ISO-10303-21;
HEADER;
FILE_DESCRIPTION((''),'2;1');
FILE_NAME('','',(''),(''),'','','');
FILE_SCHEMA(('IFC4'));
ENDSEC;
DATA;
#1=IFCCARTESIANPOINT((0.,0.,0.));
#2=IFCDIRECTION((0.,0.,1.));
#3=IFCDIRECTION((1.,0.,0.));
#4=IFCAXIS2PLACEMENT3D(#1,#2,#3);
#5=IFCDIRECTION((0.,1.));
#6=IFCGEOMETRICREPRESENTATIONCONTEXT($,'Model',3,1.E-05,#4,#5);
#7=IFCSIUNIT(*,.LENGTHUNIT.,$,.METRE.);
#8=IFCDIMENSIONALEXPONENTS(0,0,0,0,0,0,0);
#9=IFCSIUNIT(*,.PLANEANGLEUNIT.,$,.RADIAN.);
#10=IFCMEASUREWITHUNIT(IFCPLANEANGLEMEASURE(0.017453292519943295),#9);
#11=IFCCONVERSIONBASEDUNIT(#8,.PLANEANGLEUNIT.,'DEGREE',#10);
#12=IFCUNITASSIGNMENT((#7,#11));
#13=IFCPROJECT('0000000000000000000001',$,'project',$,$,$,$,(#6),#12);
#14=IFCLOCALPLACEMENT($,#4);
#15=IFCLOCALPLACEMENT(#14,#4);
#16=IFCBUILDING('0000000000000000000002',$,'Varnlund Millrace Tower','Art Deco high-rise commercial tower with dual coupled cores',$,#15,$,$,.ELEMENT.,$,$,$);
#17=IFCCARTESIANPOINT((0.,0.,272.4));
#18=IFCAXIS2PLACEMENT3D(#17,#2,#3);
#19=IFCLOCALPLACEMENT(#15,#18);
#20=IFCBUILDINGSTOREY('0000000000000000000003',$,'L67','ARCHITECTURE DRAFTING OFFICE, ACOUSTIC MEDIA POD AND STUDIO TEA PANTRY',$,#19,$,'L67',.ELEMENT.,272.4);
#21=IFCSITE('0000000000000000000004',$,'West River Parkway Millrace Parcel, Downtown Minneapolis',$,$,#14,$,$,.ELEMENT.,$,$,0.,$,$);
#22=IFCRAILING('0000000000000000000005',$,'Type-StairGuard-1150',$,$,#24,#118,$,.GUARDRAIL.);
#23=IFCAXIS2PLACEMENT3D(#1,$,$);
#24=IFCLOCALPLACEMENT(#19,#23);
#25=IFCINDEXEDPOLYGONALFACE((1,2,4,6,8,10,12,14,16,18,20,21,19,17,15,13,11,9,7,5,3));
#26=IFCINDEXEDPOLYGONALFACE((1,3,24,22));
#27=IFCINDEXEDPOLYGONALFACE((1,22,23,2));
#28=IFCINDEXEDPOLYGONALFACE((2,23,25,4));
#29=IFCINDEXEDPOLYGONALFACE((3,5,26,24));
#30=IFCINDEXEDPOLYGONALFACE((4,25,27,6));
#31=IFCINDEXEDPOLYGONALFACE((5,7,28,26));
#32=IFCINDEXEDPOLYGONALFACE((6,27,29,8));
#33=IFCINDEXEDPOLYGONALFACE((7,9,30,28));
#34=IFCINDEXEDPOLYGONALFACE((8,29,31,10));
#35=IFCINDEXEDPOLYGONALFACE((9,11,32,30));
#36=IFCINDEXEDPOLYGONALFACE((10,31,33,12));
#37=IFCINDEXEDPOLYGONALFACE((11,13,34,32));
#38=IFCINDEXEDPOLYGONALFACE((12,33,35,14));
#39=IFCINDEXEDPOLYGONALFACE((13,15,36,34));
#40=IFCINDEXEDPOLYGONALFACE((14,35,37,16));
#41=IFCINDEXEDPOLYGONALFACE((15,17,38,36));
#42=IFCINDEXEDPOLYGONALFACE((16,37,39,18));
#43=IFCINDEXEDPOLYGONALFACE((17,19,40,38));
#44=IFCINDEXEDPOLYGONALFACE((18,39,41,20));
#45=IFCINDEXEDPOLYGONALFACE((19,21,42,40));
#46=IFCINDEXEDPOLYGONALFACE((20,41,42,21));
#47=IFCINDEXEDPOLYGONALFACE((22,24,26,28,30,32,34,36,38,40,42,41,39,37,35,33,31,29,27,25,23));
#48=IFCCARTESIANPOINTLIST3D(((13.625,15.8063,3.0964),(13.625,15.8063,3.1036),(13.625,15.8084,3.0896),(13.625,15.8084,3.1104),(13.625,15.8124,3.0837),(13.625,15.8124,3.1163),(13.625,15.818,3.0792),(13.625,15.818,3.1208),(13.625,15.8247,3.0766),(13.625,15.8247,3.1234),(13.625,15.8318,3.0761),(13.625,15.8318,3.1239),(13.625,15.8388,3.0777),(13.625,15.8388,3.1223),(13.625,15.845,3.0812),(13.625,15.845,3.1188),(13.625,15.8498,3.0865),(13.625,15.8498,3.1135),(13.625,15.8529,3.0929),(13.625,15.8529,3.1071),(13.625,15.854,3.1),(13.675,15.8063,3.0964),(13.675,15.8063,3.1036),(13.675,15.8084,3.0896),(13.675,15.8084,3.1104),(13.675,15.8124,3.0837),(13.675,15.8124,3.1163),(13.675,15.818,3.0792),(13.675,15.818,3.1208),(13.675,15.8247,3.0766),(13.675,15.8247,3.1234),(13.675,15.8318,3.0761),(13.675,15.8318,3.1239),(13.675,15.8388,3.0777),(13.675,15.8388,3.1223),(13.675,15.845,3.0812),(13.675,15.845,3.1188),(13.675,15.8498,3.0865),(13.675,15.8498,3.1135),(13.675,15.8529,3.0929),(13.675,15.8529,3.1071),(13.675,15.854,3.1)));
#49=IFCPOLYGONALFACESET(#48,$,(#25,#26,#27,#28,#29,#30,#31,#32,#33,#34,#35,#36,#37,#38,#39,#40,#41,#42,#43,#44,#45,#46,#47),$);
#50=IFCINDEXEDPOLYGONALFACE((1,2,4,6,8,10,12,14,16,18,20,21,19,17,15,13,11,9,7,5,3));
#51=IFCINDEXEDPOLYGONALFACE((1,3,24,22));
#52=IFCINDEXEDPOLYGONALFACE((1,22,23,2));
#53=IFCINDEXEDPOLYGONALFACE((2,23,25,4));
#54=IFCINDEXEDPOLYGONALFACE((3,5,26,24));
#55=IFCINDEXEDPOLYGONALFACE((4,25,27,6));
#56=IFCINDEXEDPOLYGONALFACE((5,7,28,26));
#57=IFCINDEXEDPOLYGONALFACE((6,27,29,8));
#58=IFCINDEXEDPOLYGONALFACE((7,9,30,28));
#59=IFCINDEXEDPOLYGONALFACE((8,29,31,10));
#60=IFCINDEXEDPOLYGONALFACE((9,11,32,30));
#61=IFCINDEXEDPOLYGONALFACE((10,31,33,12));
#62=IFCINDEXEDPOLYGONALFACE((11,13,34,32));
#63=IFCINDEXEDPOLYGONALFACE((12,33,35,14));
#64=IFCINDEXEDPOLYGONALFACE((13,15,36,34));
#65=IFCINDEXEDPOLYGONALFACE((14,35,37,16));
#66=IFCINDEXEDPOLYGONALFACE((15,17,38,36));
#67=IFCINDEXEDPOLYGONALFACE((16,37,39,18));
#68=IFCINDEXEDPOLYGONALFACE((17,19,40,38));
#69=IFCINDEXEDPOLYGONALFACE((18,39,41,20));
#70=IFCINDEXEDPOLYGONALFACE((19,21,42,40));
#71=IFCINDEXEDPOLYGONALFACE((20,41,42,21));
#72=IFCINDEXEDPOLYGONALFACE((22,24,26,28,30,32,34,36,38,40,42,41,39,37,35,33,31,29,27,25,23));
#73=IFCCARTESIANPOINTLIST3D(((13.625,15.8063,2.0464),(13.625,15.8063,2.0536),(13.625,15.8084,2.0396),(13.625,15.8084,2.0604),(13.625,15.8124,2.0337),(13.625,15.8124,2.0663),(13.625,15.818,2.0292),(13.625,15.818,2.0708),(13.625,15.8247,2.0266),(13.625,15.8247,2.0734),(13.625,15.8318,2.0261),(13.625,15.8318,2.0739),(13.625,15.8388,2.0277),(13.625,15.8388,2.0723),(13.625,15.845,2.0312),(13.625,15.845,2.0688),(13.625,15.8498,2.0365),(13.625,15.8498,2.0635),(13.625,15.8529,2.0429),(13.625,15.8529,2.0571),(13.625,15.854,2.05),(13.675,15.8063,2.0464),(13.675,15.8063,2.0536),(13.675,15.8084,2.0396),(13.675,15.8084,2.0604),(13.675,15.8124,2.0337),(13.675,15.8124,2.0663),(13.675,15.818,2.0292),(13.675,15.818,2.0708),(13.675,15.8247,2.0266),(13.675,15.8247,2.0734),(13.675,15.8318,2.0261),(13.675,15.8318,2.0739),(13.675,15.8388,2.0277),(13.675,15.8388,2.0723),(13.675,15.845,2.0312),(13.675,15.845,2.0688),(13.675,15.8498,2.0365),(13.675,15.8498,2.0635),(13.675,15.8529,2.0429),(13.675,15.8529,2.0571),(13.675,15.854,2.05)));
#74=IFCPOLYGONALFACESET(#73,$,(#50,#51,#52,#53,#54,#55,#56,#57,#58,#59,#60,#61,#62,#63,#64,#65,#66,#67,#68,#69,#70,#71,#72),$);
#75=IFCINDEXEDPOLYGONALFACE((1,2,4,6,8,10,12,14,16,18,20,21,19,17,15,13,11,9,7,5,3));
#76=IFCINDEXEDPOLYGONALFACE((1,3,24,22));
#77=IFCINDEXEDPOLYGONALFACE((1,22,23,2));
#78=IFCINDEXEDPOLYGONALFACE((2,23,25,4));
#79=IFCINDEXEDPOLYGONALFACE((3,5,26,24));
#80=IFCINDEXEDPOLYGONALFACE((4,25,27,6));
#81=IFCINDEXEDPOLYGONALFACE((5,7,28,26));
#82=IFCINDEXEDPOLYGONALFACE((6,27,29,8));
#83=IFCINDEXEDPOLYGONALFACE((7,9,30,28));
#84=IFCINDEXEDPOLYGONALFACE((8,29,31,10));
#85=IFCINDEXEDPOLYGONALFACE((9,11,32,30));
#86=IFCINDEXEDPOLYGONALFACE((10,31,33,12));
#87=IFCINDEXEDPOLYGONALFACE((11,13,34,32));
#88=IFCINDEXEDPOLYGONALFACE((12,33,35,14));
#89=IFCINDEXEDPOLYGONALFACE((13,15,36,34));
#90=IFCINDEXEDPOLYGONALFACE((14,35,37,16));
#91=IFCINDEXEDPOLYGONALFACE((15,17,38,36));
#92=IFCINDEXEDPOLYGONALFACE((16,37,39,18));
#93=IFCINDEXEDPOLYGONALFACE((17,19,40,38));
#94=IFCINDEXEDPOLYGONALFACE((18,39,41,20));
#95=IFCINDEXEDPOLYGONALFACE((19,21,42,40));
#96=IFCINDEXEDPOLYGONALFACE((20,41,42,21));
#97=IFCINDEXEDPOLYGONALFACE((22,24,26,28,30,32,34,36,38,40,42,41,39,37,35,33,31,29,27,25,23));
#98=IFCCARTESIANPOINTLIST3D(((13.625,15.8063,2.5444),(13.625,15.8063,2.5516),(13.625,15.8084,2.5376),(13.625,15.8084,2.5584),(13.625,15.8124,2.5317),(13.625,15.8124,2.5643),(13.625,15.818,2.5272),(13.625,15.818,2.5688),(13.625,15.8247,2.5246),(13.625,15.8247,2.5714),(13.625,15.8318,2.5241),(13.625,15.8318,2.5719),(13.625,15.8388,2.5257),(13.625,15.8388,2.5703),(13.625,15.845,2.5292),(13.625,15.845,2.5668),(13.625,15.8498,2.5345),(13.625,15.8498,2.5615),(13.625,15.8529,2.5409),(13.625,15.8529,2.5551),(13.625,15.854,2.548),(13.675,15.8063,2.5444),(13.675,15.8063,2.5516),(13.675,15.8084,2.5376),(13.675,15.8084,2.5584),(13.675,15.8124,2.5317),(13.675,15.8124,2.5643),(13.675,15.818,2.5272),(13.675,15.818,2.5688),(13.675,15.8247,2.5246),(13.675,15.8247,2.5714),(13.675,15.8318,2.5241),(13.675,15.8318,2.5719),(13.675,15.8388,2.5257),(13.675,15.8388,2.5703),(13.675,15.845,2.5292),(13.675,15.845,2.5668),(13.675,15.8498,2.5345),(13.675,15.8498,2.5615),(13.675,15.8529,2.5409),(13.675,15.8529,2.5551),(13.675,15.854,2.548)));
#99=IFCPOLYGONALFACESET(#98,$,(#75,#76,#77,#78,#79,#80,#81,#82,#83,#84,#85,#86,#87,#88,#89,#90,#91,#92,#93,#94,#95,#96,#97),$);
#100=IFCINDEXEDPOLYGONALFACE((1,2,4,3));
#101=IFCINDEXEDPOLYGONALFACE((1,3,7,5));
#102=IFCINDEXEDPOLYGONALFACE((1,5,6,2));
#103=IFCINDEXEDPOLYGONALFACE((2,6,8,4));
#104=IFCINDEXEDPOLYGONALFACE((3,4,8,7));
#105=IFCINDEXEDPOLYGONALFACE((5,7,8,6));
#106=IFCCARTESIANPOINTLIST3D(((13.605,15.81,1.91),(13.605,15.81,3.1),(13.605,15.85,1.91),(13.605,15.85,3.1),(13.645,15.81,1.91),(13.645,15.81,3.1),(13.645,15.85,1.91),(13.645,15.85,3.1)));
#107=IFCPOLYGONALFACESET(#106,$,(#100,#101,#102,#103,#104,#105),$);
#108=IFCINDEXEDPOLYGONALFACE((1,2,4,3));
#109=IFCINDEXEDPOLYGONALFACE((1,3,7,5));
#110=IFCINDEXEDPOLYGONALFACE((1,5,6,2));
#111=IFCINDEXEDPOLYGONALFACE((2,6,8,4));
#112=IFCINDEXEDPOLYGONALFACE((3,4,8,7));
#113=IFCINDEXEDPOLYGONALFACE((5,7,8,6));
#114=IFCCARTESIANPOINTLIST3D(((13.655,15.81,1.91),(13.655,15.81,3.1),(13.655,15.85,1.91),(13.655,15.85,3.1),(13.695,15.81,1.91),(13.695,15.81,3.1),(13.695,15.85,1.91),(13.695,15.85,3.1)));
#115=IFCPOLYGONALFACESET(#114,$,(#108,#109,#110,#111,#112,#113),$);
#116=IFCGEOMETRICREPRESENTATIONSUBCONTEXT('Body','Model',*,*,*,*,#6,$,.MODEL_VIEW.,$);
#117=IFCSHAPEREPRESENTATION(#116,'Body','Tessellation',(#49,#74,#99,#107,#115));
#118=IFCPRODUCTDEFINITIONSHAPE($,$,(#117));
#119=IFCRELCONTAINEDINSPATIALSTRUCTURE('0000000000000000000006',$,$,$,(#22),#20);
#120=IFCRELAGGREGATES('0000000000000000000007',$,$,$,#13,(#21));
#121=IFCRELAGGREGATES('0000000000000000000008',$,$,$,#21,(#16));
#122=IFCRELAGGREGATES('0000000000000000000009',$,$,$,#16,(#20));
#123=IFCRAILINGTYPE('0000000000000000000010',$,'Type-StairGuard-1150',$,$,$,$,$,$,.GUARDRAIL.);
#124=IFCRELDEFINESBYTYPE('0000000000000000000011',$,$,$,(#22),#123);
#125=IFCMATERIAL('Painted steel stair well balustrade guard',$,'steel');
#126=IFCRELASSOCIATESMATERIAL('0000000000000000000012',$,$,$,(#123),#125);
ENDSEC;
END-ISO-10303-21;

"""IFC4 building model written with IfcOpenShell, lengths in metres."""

from ifc_helpers import new_model, entity, si_unit, converted_unit, direction, frame, origin_with_axes, origin_2d_with_axis, place, context, subcontext, project, spatial, rectangle, circle, extrude, material, type_object, element, save


model = new_model("IFC4")

# Units and contexts
model_context = context("Model", 3, precision=1e-05, world=origin_with_axes(), true_north=direction((0.0, 1.0)))
body_context = subcontext(model_context, "Body", "Model", "MODEL_VIEW")
ifc_project = project(units=[si_unit("LENGTHUNIT", "METRE"), converted_unit("PLANEANGLEUNIT", "DEGREE", entity("IfcPlaneAngleMeasure", 0.017453292519943295), si_unit("PLANEANGLEUNIT", "RADIAN"), dimensions=[0, 0, 0, 0, 0, 0, 0])], contexts=[model_context])

# Site, building, storey
site_placement = place(None, origin_with_axes())
site = spatial("IfcSite", under=ifc_project, at=site_placement, Name="West River Parkway Millrace Parcel, Downtown Minneapolis", CompositionType="ELEMENT", RefElevation=0.0)
building_placement = place(site_placement, origin_with_axes())
building = spatial("IfcBuilding", under=site, at=building_placement, Name="Varnlund Millrace Tower", Description="Art Deco high-rise commercial tower with dual coupled cores", CompositionType="ELEMENT")
storey_placement = place(building_placement, frame((0.0, 0.0, 272.4), z_axis=(0.0, 0.0, 1.0), x_axis=(1.0, 0.0, 0.0)))
storey = spatial("IfcBuildingStorey", under=building, at=storey_placement, Name="L67", Description="ARCHITECTURE DRAFTING OFFICE, ACOUSTIC MEDIA POD AND STUDIO TEA PANTRY", LongName="L67", CompositionType="ELEMENT", Elevation=272.4)

# Railing
ifc_material_1 = material(Name="Painted steel stair well balustrade guard", Category="steel")
railing_type_1 = type_object("IfcRailingType", Name="Type-StairGuard-1150", PredefinedType="GUARDRAIL", material=ifc_material_1)
railing_1_placement = place(storey_placement, frame((0.0, 0.0, -272.4), z_axis=(0.0, 0.0, 1.0), x_axis=(1.0, 0.0, 0.0)))
element("IfcRailing", 1, at=railing_1_placement, inside=storey, type_object=railing_type_1, Name="Type-StairGuard-1150", PredefinedType="GUARDRAIL", context=body_context, shape_type="SweptSolid", body=[
    extrude(circle(Radius=0.024, at=origin_2d_with_axis()), frame((13.625, 15.83, 275.5), z_axis=(1.0, 0.0, 0.0), x_axis=(0.0, 1.0, 0.0)), (0.0, 0.0, 1.0), 0.05),
    extrude(circle(Radius=0.024, at=origin_2d_with_axis()), frame((13.625, 15.83, 274.45), z_axis=(1.0, 0.0, 0.0), x_axis=(0.0, 1.0, 0.0)), (0.0, 0.0, 1.0), 0.05),
    extrude(circle(Radius=0.024, at=origin_2d_with_axis()), frame((13.625, 15.83, 274.948), z_axis=(1.0, 0.0, 0.0), x_axis=(0.0, 1.0, 0.0)), (0.0, 0.0, 1.0), 0.05),
    extrude(rectangle(XDim=0.04, YDim=0.04, at=origin_2d_with_axis()), frame((13.625, 15.83, 274.31), z_axis=(0.0, 0.0, 1.0), x_axis=(1.0, 0.0, 0.0)), (0.0, 0.0, 1.0), 1.19),
    extrude(rectangle(XDim=0.04, YDim=0.04, at=origin_2d_with_axis()), frame((13.675, 15.83, 274.31), z_axis=(0.0, 0.0, 1.0), x_axis=(1.0, 0.0, 0.0)), (0.0, 0.0, 1.0), 1.19),
])

save(model, "model.ifc")
